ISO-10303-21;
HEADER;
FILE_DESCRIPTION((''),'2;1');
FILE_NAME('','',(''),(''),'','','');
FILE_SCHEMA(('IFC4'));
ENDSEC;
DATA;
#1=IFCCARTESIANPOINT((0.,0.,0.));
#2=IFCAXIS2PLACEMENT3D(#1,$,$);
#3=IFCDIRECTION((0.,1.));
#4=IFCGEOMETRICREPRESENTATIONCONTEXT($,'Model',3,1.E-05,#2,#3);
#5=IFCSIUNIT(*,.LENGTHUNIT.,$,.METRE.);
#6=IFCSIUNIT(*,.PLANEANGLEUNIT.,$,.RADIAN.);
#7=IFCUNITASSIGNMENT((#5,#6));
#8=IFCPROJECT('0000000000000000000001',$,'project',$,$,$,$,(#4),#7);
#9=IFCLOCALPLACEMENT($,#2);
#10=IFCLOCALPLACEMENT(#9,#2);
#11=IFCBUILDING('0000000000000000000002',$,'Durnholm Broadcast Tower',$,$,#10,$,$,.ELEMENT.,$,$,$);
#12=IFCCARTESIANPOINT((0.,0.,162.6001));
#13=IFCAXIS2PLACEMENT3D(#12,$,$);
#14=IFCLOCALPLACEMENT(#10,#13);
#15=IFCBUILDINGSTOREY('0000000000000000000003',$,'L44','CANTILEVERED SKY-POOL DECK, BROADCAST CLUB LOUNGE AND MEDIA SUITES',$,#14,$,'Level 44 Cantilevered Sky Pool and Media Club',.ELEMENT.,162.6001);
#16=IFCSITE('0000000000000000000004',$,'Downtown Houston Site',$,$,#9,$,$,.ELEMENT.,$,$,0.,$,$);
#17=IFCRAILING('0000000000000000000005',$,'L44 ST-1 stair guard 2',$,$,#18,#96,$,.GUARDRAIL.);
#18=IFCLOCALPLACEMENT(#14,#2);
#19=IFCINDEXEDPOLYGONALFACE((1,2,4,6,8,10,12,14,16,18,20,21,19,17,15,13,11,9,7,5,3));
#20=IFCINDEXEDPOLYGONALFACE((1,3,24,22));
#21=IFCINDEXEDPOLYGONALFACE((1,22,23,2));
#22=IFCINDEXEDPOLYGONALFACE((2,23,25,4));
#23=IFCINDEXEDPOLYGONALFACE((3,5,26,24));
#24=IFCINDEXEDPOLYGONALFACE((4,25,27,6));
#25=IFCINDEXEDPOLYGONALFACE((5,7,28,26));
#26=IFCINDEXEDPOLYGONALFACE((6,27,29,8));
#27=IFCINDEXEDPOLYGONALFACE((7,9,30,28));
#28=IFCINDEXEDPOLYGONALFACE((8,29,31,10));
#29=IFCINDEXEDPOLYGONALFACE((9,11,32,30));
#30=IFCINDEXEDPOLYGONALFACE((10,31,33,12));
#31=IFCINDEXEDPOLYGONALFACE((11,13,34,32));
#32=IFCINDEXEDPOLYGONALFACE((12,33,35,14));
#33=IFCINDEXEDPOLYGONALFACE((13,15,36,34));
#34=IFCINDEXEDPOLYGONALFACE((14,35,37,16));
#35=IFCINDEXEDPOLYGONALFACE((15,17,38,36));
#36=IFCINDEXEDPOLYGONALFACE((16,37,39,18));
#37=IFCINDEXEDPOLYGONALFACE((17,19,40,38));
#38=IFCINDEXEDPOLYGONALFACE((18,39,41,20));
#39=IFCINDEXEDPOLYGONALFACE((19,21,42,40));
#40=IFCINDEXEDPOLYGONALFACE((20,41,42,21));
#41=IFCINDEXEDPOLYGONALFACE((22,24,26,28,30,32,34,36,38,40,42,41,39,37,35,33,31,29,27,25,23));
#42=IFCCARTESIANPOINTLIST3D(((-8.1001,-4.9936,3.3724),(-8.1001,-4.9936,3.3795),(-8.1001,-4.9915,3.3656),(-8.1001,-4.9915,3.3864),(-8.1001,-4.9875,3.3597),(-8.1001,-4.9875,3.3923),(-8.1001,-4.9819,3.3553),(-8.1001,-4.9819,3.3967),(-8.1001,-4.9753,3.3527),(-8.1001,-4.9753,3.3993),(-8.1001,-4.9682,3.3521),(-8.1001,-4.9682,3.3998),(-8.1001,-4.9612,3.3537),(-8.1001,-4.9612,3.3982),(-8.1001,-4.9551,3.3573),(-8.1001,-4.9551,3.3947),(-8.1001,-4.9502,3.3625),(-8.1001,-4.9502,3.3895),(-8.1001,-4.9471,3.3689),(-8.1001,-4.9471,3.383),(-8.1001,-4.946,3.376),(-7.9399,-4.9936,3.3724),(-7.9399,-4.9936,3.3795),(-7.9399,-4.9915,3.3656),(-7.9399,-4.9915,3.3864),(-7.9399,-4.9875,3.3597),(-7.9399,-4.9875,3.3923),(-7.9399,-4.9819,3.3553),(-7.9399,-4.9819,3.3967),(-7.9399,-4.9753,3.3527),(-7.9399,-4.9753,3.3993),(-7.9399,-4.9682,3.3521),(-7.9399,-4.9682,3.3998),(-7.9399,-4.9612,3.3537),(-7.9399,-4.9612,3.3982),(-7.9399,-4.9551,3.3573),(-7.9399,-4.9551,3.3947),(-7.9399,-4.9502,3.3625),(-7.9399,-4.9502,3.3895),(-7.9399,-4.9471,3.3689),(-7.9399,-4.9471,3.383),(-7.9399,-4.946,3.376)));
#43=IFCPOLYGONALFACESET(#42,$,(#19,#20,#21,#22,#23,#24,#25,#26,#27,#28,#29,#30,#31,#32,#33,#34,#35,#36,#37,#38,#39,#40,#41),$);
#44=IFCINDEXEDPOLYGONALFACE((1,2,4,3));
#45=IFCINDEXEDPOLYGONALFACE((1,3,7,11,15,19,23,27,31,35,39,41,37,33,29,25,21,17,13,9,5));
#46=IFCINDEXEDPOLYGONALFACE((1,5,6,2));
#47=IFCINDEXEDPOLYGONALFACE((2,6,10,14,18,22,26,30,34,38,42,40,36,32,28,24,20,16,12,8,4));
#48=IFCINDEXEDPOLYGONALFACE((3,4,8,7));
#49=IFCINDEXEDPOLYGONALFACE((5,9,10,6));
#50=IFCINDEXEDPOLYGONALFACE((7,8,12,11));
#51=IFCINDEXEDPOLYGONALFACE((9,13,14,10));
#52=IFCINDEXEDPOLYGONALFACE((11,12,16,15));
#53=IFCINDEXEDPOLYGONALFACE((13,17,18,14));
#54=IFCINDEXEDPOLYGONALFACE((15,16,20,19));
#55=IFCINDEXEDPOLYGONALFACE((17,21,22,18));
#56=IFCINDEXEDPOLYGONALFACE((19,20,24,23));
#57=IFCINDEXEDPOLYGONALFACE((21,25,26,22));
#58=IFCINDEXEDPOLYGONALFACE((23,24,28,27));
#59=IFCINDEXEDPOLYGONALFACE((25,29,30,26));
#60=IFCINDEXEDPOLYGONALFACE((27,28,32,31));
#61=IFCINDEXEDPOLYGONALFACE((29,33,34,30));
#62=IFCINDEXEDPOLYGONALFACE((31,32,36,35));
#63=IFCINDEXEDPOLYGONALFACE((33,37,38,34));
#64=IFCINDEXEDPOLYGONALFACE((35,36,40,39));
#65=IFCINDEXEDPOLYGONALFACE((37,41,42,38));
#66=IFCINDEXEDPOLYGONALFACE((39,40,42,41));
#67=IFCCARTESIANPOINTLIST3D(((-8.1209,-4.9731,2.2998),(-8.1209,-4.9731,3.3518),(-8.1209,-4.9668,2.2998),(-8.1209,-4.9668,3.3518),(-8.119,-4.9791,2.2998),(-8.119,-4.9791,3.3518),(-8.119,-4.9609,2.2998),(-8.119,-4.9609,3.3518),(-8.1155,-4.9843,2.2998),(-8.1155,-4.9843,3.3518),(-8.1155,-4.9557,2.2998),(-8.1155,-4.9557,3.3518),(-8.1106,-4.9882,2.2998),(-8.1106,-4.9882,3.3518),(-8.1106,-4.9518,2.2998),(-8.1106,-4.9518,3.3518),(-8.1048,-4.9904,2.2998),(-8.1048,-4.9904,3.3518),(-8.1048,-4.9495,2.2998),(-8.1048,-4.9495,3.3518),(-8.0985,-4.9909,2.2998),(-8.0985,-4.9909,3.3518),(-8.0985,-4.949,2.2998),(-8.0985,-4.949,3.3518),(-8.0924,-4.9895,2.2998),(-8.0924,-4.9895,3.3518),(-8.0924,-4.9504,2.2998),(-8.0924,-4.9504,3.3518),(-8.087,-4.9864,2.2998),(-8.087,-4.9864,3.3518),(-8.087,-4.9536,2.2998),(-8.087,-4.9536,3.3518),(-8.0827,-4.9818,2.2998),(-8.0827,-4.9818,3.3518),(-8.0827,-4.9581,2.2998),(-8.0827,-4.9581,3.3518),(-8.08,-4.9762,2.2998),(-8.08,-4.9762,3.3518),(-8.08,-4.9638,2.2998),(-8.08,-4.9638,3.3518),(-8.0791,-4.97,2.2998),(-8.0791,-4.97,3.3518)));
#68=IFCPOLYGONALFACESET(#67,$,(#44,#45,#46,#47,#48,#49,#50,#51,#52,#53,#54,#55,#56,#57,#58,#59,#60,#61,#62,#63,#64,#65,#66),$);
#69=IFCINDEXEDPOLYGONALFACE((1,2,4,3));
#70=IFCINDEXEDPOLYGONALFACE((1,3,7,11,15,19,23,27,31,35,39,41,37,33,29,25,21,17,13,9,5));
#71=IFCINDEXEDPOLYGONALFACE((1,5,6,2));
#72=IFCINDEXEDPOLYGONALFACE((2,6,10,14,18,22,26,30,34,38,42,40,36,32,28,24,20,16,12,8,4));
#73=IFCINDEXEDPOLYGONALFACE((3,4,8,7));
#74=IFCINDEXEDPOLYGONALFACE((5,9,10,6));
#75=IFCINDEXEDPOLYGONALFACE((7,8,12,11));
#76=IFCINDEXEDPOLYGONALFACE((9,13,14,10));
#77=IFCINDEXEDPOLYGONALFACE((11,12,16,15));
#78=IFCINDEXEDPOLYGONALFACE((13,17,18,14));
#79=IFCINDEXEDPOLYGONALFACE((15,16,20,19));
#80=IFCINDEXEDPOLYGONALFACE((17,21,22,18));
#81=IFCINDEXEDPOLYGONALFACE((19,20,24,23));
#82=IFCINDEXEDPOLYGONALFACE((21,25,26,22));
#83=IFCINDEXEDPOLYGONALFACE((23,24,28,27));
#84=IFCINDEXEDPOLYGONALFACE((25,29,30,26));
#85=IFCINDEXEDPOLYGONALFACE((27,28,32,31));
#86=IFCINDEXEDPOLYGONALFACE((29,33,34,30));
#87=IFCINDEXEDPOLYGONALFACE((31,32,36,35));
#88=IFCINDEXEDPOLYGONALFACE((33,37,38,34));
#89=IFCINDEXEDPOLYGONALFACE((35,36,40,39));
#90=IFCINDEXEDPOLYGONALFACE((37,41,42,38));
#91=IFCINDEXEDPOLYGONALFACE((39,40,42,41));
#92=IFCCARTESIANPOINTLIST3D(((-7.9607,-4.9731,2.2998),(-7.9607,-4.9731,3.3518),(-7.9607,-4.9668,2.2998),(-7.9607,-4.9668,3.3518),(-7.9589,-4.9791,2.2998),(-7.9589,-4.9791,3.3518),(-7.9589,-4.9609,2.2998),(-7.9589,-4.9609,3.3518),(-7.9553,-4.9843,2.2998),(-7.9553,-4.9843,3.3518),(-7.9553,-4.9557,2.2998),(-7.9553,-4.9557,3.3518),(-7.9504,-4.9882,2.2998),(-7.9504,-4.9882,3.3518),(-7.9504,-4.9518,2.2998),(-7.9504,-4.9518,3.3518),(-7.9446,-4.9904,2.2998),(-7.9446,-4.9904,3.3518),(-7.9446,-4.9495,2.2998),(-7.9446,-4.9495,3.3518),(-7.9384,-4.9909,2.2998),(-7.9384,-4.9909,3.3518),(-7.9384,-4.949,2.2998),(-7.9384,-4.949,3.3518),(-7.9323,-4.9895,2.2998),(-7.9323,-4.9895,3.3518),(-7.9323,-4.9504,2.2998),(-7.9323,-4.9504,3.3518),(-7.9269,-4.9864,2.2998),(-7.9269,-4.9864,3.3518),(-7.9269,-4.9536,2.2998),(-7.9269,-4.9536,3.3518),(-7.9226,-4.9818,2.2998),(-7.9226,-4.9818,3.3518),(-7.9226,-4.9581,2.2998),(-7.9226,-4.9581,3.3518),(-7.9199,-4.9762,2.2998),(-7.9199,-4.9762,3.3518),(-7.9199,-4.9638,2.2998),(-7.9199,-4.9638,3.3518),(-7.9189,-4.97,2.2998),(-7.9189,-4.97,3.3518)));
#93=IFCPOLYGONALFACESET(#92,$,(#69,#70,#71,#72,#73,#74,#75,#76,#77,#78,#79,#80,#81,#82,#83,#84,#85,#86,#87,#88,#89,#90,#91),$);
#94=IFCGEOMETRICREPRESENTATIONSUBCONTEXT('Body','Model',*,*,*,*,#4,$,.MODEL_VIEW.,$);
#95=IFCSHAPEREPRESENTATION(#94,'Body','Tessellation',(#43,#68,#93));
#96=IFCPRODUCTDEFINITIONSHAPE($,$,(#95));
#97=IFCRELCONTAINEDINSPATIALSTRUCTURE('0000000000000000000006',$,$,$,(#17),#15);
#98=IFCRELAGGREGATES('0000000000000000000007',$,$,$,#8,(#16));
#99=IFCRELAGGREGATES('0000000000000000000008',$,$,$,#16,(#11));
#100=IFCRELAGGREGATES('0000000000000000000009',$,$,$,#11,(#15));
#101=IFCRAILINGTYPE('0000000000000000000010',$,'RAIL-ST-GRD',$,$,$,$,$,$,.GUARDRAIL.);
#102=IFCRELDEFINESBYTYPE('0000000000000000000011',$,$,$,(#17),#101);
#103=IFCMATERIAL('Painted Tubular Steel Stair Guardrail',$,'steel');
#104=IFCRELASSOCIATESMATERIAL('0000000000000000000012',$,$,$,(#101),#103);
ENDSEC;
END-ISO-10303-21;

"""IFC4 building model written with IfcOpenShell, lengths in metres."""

from ifc_helpers import new_model, si_unit, direction, frame, origin, origin_2d, place, context, subcontext, project, spatial, circle, extrude, material, type_object, element, save


model = new_model("IFC4")

# Units and contexts
model_context = context("Model", 3, precision=1e-05, world=origin(), true_north=direction((0.0, 1.0)))
body_context = subcontext(model_context, "Body", "Model", "MODEL_VIEW")
ifc_project = project(units=[si_unit("LENGTHUNIT", "METRE"), si_unit("PLANEANGLEUNIT", "RADIAN")], contexts=[model_context])

# Site, building, storey
site_placement = place(None, origin())
site = spatial("IfcSite", under=ifc_project, at=site_placement, Name="Downtown Houston Site", CompositionType="ELEMENT", RefElevation=0.0)
building_placement = place(site_placement, origin())
building = spatial("IfcBuilding", under=site, at=building_placement, Name="Durnholm Broadcast Tower", CompositionType="ELEMENT")
storey_placement = place(building_placement, frame((0.0, 0.0, 162.6001)))
storey = spatial("IfcBuildingStorey", under=building, at=storey_placement, Name="L44", Description="CANTILEVERED SKY-POOL DECK, BROADCAST CLUB LOUNGE AND MEDIA SUITES", LongName="Level 44 Cantilevered Sky Pool and Media Club", CompositionType="ELEMENT", Elevation=162.6001)

# Railing
ifc_material_1 = material(Name="Painted Tubular Steel Stair Guardrail", Category="steel")
railing_type_1 = type_object("IfcRailingType", Name="RAIL-ST-GRD", PredefinedType="GUARDRAIL", material=ifc_material_1)
railing_1_placement = place(storey_placement, frame((-8.1001, -4.97, 2.2998)))
element("IfcRailing", 1, at=railing_1_placement, inside=storey, type_object=railing_type_1, Name="L44 ST-1 stair guard 2", PredefinedType="GUARDRAIL", context=body_context, shape_type="SweptSolid", body=[
    extrude(circle(Radius=0.0239, at=origin_2d()), frame((0.0, 0.0, 1.0762), z_axis=(1.0, 0.0, 0.0), x_axis=(0.0, 1.0, 0.0)), (0.0, 0.0, 1.0), 0.1602),
    extrude(circle(Radius=0.021, at=origin_2d()), origin(), (0.0, 0.0, 1.0), 1.052),
    extrude(circle(Radius=0.021, at=origin_2d()), frame((0.1602, 0.0, 0.0)), (0.0, 0.0, 1.0), 1.052),
])

save(model, "model.ifc")
